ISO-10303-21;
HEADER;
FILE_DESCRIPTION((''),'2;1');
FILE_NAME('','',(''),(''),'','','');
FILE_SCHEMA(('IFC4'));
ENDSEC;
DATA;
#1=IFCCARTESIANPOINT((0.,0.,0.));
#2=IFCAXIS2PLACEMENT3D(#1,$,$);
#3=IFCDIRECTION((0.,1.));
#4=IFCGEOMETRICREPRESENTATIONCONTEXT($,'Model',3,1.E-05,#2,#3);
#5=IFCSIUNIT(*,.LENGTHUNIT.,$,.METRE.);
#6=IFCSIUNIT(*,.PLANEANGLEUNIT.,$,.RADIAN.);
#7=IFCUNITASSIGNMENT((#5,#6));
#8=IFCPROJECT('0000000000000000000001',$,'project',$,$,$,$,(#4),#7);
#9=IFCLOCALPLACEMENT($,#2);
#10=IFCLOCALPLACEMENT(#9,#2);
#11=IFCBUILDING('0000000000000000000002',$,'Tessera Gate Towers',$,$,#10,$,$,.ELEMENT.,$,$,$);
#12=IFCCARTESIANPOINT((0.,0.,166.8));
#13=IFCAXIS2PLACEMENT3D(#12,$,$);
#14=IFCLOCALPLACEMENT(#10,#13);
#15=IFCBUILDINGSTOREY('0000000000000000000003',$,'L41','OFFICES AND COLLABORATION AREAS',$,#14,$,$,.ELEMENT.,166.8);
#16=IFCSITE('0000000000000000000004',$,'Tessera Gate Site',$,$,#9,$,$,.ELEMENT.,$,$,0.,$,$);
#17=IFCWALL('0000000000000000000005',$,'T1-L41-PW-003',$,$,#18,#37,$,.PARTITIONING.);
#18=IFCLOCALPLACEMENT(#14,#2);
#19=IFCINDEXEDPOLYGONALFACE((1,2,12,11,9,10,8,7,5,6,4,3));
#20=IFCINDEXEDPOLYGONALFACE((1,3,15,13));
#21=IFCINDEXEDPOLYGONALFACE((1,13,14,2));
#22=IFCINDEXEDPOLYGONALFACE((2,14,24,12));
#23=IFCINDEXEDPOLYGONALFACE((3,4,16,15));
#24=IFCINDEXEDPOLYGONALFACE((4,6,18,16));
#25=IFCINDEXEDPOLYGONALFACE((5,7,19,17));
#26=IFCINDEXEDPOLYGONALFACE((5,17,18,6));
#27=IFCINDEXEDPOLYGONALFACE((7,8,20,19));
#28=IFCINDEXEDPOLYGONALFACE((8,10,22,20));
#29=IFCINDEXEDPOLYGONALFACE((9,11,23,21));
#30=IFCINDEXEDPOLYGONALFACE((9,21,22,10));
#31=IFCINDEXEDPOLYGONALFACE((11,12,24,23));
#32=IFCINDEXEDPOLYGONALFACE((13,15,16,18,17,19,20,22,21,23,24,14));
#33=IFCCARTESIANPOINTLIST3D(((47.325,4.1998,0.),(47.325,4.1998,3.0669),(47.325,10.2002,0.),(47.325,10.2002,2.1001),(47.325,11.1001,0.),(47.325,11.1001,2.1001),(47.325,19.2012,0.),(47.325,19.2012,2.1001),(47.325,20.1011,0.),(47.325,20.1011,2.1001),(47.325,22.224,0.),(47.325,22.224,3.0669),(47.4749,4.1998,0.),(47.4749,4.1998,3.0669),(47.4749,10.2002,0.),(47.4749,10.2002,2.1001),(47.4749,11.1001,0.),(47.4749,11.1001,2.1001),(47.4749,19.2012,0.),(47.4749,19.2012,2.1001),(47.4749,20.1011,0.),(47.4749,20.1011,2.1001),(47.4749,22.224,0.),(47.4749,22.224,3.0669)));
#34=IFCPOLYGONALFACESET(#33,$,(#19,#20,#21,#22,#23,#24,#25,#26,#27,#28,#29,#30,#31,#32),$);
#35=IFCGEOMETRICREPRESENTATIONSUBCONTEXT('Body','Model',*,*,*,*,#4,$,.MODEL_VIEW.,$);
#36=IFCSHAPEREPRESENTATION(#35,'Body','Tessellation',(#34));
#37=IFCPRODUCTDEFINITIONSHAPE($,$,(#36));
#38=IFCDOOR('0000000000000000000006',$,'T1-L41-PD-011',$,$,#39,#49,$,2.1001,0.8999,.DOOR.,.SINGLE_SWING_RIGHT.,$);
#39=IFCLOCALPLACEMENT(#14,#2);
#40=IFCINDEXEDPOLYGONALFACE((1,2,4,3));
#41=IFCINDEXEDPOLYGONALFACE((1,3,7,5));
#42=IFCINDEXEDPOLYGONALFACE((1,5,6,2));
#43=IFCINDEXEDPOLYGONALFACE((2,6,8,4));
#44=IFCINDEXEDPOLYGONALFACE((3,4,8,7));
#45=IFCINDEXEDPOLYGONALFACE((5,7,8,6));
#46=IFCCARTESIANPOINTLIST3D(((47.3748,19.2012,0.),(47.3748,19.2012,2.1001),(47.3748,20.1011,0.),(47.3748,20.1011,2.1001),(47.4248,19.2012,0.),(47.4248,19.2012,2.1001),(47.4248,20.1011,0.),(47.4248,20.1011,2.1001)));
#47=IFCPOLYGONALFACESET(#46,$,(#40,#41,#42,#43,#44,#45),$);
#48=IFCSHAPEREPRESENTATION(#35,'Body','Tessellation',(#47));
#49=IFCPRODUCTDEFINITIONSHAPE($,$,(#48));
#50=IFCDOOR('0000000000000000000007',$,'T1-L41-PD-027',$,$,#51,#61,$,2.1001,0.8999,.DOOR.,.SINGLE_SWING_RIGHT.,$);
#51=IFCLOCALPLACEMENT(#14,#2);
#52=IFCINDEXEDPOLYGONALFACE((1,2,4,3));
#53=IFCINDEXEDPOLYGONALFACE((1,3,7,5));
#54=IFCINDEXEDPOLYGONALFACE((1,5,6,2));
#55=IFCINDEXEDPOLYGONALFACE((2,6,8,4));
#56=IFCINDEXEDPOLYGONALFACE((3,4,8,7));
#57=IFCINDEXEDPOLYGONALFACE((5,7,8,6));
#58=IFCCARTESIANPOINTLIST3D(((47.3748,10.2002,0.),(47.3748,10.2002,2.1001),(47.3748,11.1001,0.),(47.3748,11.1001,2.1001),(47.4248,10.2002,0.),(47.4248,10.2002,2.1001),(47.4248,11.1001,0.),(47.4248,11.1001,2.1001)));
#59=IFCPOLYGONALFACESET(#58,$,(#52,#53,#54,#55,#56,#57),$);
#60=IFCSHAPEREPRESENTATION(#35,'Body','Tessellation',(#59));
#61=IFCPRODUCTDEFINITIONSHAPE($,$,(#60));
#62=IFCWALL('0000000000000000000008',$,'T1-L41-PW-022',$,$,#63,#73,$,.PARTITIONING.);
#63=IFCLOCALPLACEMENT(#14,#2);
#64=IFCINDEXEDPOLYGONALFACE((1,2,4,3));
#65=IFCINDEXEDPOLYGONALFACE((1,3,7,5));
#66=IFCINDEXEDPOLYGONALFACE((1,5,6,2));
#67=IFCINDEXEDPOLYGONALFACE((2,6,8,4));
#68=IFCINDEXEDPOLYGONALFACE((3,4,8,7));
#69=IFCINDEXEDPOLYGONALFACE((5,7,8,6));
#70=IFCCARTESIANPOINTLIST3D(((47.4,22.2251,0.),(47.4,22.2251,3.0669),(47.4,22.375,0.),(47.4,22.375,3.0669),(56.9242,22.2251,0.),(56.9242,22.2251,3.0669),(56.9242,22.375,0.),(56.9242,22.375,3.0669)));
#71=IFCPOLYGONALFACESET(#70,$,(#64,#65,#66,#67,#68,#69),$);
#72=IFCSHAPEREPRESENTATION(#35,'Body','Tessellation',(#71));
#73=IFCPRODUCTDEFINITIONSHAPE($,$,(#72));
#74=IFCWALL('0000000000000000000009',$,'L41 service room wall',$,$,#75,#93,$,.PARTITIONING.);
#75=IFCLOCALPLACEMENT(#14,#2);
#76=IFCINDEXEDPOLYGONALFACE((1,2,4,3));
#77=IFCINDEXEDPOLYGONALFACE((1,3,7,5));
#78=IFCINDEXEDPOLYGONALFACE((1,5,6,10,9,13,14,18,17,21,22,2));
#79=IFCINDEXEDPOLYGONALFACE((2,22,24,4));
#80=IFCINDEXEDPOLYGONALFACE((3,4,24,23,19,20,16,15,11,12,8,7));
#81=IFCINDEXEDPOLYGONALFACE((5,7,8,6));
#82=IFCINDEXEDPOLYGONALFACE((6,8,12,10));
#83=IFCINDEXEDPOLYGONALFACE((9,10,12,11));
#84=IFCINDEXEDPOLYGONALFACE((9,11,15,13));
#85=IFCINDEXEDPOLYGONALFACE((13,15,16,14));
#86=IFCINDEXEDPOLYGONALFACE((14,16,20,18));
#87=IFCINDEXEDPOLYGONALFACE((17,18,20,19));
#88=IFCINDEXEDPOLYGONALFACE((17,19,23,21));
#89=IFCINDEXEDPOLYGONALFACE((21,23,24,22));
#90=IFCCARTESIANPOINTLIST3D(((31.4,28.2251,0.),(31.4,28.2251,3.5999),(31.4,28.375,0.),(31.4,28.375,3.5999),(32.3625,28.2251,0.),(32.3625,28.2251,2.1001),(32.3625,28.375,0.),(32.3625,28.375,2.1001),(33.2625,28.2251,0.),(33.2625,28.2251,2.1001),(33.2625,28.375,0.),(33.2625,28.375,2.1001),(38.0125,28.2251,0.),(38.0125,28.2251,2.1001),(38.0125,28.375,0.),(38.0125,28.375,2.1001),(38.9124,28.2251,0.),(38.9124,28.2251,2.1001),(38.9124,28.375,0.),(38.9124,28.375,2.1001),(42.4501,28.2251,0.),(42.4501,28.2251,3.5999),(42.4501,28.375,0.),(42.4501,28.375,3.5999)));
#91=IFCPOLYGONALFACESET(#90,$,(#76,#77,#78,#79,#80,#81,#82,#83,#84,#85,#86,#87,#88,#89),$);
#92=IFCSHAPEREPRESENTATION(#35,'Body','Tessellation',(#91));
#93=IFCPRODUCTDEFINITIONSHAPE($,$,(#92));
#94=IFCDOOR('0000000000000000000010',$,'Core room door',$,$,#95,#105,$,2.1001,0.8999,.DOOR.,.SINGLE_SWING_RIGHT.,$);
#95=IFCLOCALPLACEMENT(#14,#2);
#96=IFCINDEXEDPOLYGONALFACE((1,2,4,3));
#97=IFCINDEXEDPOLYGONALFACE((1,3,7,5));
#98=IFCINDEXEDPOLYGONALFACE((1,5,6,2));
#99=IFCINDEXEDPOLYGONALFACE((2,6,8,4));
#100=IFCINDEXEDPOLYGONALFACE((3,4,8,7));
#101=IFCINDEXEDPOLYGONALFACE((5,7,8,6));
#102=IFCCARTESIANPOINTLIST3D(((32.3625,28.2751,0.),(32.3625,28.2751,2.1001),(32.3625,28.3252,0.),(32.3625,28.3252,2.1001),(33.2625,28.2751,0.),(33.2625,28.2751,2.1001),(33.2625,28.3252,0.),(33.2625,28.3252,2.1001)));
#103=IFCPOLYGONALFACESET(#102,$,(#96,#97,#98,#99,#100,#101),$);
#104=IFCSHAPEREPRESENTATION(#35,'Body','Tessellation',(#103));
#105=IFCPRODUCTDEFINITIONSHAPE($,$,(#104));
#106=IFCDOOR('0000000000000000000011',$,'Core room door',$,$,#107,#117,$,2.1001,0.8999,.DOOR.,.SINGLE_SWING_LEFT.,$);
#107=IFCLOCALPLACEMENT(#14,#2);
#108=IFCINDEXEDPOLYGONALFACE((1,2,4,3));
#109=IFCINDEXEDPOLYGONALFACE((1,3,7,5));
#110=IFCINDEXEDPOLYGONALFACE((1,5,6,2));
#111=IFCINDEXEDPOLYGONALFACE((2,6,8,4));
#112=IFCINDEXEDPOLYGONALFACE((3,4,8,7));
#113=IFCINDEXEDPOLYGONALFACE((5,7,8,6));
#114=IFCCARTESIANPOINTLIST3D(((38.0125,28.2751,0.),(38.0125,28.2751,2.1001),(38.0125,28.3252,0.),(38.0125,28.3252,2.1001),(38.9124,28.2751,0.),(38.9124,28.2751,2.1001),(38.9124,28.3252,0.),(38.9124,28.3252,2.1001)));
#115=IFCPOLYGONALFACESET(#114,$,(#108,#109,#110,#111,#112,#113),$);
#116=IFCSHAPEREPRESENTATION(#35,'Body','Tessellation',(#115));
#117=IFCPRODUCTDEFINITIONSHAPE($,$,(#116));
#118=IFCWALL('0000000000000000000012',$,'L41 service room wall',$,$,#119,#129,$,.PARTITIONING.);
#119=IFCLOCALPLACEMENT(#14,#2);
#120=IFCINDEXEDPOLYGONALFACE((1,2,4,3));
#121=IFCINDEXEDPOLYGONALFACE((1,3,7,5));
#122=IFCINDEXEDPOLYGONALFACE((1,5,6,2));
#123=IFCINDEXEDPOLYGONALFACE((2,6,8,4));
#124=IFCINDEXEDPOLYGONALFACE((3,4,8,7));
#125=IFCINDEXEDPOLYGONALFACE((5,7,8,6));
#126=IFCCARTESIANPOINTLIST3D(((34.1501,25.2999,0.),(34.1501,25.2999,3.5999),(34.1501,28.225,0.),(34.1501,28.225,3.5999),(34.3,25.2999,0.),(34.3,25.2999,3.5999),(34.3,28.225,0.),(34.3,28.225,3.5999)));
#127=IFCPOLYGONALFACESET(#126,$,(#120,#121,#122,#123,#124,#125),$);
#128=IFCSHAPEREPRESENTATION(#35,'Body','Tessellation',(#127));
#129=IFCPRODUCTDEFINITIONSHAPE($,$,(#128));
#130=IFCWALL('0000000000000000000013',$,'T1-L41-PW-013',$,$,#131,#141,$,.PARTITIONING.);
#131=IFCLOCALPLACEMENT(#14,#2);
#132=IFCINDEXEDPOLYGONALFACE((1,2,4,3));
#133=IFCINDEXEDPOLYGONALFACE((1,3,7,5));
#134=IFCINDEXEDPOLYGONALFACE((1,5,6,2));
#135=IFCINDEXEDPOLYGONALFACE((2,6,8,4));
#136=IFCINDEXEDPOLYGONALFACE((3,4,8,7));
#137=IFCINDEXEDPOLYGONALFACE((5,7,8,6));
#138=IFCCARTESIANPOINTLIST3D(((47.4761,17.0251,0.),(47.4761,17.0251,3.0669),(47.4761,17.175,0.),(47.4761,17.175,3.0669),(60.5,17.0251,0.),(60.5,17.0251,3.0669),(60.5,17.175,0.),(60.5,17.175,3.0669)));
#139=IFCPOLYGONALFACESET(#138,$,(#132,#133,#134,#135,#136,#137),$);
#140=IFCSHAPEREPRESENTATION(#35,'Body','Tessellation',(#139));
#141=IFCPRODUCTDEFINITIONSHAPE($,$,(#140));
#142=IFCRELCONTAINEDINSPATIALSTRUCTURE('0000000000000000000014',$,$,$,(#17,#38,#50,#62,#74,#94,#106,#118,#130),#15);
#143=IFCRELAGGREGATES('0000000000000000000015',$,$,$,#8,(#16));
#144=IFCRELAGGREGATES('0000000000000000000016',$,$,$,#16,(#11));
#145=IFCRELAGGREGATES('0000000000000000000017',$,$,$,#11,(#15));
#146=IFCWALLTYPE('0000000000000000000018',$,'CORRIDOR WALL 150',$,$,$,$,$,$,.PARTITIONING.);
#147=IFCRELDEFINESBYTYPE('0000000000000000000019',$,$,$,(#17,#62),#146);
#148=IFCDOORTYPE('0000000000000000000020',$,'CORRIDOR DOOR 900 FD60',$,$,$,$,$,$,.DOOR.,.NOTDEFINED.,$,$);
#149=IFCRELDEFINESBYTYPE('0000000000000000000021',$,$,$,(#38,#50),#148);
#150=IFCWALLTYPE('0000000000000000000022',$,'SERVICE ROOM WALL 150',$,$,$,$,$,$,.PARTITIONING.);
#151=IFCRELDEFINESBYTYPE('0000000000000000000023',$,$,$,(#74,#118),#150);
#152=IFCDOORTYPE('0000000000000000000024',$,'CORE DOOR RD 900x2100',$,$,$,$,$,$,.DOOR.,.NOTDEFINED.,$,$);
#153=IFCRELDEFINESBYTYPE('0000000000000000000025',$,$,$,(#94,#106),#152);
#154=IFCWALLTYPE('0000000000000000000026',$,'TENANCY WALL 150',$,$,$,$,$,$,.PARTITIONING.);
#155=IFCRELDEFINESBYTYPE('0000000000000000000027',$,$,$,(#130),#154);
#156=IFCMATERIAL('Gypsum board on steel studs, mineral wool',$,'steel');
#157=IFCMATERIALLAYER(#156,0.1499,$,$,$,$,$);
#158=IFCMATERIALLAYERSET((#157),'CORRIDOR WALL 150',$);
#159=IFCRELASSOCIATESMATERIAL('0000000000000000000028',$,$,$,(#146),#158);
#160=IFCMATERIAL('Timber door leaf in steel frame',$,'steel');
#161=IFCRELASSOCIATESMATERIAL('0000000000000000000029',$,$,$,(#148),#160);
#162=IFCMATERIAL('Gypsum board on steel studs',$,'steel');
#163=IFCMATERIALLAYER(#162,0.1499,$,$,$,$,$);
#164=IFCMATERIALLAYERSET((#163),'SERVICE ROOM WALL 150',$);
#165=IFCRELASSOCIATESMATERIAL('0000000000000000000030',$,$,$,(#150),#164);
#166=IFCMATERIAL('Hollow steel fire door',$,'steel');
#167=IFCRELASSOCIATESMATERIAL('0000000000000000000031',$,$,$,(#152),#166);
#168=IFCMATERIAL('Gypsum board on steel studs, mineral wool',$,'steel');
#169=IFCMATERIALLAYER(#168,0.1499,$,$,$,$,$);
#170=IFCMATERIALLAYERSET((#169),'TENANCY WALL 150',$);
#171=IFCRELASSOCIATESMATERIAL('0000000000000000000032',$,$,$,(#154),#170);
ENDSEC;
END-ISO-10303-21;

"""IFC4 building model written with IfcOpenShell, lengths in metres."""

from ifc_helpers import new_model, si_unit, direction, frame, frame_2d, origin, place, context, subcontext, project, spatial, rectangle, extrude, source, transform, mapped, material, layer, layer_set, type_object, element, fill, save


model = new_model("IFC4")

# Units and contexts
model_context = context("Model", 3, precision=1e-05, world=origin(), true_north=direction((0.0, 1.0)))
body_context = subcontext(model_context, "Body", "Model", "MODEL_VIEW")
ifc_project = project(units=[si_unit("LENGTHUNIT", "METRE"), si_unit("PLANEANGLEUNIT", "RADIAN")], contexts=[model_context])

# Site, building, storey
site_placement = place(None, origin())
site = spatial("IfcSite", under=ifc_project, at=site_placement, Name="Tessera Gate Site", CompositionType="ELEMENT", RefElevation=0.0)
building_placement = place(site_placement, origin())
building = spatial("IfcBuilding", under=site, at=building_placement, Name="Tessera Gate Towers", CompositionType="ELEMENT")
storey_placement = place(building_placement, frame((0.0, 0.0, 166.8)))
storey = spatial("IfcBuildingStorey", under=building, at=storey_placement, Name="L41", Description="OFFICES AND COLLABORATION AREAS", CompositionType="ELEMENT", Elevation=166.8)

# Wall, openings, doors
ifc_material_1 = material(Name="Gypsum board on steel studs, mineral wool", Category="steel")
ifc_layer_1 = layer(ifc_material_1, 0.1499)
ifc_layer_set_1 = layer_set([ifc_layer_1], Name="CORRIDOR WALL 150")
wall_type_1 = type_object("IfcWallType", Name="CORRIDOR WALL 150", PredefinedType="PARTITIONING", material=ifc_layer_set_1)
wall_1_placement = place(storey_placement, frame((47.3999, 22.2241, 0.0), z_axis=(0.0, 0.0, 1.0), x_axis=(0.0, -1.0, 0.0)))
wall_1 = element("IfcWall", 1, at=wall_1_placement, inside=storey, type_object=wall_type_1, Name="T1-L41-PW-003", PredefinedType="PARTITIONING", context=body_context, shape_type="SweptSolid", body=[
    extrude(rectangle(XDim=18.0242, YDim=0.1499, at=frame_2d((9.0122, 0.0))), origin(), (0.0, 0.0, 1.0), 3.0669),
])
shared_shape_1 = source(origin(), body_context, "Body", "SweptSolid", [
    extrude(rectangle(XDim=0.8999, YDim=2.1001, at=frame_2d((0.45, 1.05))), frame((0.0, 0.085, 0.0), z_axis=(0.0, -1.0, 0.0), x_axis=(1.0, 0.0, 0.0)), (0.0, 0.0, 1.0), 0.1699),
])
opening_1_placement = place(wall_1_placement, frame((2.123, 0.0, 0.0)))
opening_1 = element("IfcOpeningElement", 2, at=opening_1_placement, cuts=wall_1, PredefinedType="OPENING", context=body_context, shape_type="MappedRepresentation", body=[
    mapped(shared_shape_1, transform((0.0, 0.0, 0.0), scale=1.0)),
])
opening_2_placement = place(wall_1_placement, frame((11.124, 0.0, 0.0)))
opening_2 = element("IfcOpeningElement", 3, at=opening_2_placement, cuts=wall_1, PredefinedType="OPENING", context=body_context, shape_type="MappedRepresentation", body=[
    mapped(shared_shape_1, transform((0.0, 0.0, 0.0), scale=1.0)),
])
ifc_material_2 = material(Name="Timber door leaf in steel frame", Category="steel")
door_type_1 = type_object("IfcDoorType", Name="CORRIDOR DOOR 900 FD60", OperationType="NOTDEFINED", PredefinedType="DOOR", material=ifc_material_2)
shared_shape_2 = source(origin(), body_context, "Body", "SweptSolid", [
    extrude(rectangle(XDim=0.8999, YDim=2.1001, at=frame_2d((0.45, 1.05))), frame((0.0, 0.0249, 0.0), z_axis=(0.0, -1.0, 0.0), x_axis=(1.0, 0.0, 0.0)), (0.0, 0.0, 1.0), 0.05),
])
door_1_placement = place(opening_1_placement, origin())
door_1 = element("IfcDoor", 4, at=door_1_placement, inside=storey, type_object=door_type_1, Name="T1-L41-PD-011", OperationType="SINGLE_SWING_RIGHT", OverallHeight=2.1001, OverallWidth=0.8999, PredefinedType="DOOR", context=body_context, shape_type="MappedRepresentation", body=[
    mapped(shared_shape_2, transform((0.0, 0.0, 0.0), scale=1.0)),
])
fill(opening_1, door_1)
door_2_placement = place(opening_2_placement, origin())
door_2 = element("IfcDoor", 5, at=door_2_placement, inside=storey, type_object=door_type_1, Name="T1-L41-PD-027", OperationType="SINGLE_SWING_RIGHT", OverallHeight=2.1001, OverallWidth=0.8999, PredefinedType="DOOR", context=body_context, shape_type="MappedRepresentation", body=[
    mapped(shared_shape_2, transform((0.0, 0.0, 0.0), scale=1.0)),
])
fill(opening_2, door_2)

# Wall
wall_2_placement = place(storey_placement, frame((47.3999, 22.3, 0.0), z_axis=(0.0, 0.0, 1.0), x_axis=(1.0, 0.0, 0.0)))
element("IfcWall", 6, at=wall_2_placement, inside=storey, type_object=wall_type_1, Name="T1-L41-PW-022", PredefinedType="PARTITIONING", context=body_context, shape_type="SweptSolid", body=[
    extrude(rectangle(XDim=9.5242, YDim=0.1499, at=frame_2d((4.7622, 0.0))), origin(), (0.0, 0.0, 1.0), 3.0669),
])

# Wall, openings, doors
ifc_material_3 = material(Name="Gypsum board on steel studs", Category="steel")
ifc_layer_2 = layer(ifc_material_3, 0.1499)
ifc_layer_set_2 = layer_set([ifc_layer_2], Name="SERVICE ROOM WALL 150")
wall_type_2 = type_object("IfcWallType", Name="SERVICE ROOM WALL 150", PredefinedType="PARTITIONING", material=ifc_layer_set_2)
wall_3_placement = place(storey_placement, frame((42.45, 28.3, 0.0), z_axis=(0.0, 0.0, 1.0), x_axis=(-1.0, 0.0, 0.0)))
wall_3 = element("IfcWall", 7, at=wall_3_placement, inside=storey, type_object=wall_type_2, Name="L41 service room wall", PredefinedType="PARTITIONING", context=body_context, shape_type="SweptSolid", body=[
    extrude(rectangle(XDim=11.05, YDim=0.1499, at=frame_2d((5.5249, 0.0))), origin(), (0.0, 0.0, 1.0), 3.5999),
])
opening_3_placement = place(wall_3_placement, frame((9.1875, 0.0, 0.0)))
opening_3 = element("IfcOpeningElement", 8, at=opening_3_placement, cuts=wall_3, PredefinedType="OPENING", context=body_context, shape_type="MappedRepresentation", body=[
    mapped(shared_shape_1, transform((0.0, 0.0, 0.0), scale=1.0)),
])
opening_4_placement = place(wall_3_placement, frame((3.5376, 0.0, 0.0)))
opening_4 = element("IfcOpeningElement", 9, at=opening_4_placement, cuts=wall_3, PredefinedType="OPENING", context=body_context, shape_type="MappedRepresentation", body=[
    mapped(shared_shape_1, transform((0.0, 0.0, 0.0), scale=1.0)),
])
ifc_material_4 = material(Name="Hollow steel fire door", Category="steel")
door_type_2 = type_object("IfcDoorType", Name="CORE DOOR RD 900x2100", OperationType="NOTDEFINED", PredefinedType="DOOR", material=ifc_material_4)
door_3_placement = place(opening_3_placement, origin())
door_3 = element("IfcDoor", 10, at=door_3_placement, inside=storey, type_object=door_type_2, Name="Core room door", OperationType="SINGLE_SWING_RIGHT", OverallHeight=2.1001, OverallWidth=0.8999, PredefinedType="DOOR", context=body_context, shape_type="MappedRepresentation", body=[
    mapped(shared_shape_2, transform((0.0, 0.0, 0.0), scale=1.0)),
])
fill(opening_3, door_3)
door_4_placement = place(opening_4_placement, origin())
door_4 = element("IfcDoor", 11, at=door_4_placement, inside=storey, type_object=door_type_2, Name="Core room door", OperationType="SINGLE_SWING_LEFT", OverallHeight=2.1001, OverallWidth=0.8999, PredefinedType="DOOR", context=body_context, shape_type="MappedRepresentation", body=[
    mapped(shared_shape_2, transform((0.0, 0.0, 0.0), scale=1.0)),
])
fill(opening_4, door_4)

# Walls
wall_4_placement = place(storey_placement, frame((34.2251, 25.3, 0.0), z_axis=(0.0, 0.0, 1.0), x_axis=(0.0, 1.0, 0.0)))
element("IfcWall", 12, at=wall_4_placement, inside=storey, type_object=wall_type_2, Name="L41 service room wall", PredefinedType="PARTITIONING", context=body_context, shape_type="SweptSolid", body=[
    extrude(rectangle(XDim=2.925, YDim=0.1499, at=frame_2d((1.4624, 0.0))), origin(), (0.0, 0.0, 1.0), 3.5999),
])
ifc_material_5 = material(Name="Gypsum board on steel studs, mineral wool", Category="steel")
ifc_layer_3 = layer(ifc_material_5, 0.1499)
ifc_layer_set_3 = layer_set([ifc_layer_3], Name="TENANCY WALL 150")
wall_type_3 = type_object("IfcWallType", Name="TENANCY WALL 150", PredefinedType="PARTITIONING", material=ifc_layer_set_3)
wall_5_placement = place(storey_placement, frame((47.4761, 17.1001, 0.0), z_axis=(0.0, 0.0, 1.0), x_axis=(1.0, 0.0, 0.0)))
element("IfcWall", 13, at=wall_5_placement, inside=storey, type_object=wall_type_3, Name="T1-L41-PW-013", PredefinedType="PARTITIONING", context=body_context, shape_type="SweptSolid", body=[
    extrude(rectangle(XDim=13.0239, YDim=0.1499, at=frame_2d((6.512, 0.0))), origin(), (0.0, 0.0, 1.0), 3.0669),
])

save(model, "model.ifc")
